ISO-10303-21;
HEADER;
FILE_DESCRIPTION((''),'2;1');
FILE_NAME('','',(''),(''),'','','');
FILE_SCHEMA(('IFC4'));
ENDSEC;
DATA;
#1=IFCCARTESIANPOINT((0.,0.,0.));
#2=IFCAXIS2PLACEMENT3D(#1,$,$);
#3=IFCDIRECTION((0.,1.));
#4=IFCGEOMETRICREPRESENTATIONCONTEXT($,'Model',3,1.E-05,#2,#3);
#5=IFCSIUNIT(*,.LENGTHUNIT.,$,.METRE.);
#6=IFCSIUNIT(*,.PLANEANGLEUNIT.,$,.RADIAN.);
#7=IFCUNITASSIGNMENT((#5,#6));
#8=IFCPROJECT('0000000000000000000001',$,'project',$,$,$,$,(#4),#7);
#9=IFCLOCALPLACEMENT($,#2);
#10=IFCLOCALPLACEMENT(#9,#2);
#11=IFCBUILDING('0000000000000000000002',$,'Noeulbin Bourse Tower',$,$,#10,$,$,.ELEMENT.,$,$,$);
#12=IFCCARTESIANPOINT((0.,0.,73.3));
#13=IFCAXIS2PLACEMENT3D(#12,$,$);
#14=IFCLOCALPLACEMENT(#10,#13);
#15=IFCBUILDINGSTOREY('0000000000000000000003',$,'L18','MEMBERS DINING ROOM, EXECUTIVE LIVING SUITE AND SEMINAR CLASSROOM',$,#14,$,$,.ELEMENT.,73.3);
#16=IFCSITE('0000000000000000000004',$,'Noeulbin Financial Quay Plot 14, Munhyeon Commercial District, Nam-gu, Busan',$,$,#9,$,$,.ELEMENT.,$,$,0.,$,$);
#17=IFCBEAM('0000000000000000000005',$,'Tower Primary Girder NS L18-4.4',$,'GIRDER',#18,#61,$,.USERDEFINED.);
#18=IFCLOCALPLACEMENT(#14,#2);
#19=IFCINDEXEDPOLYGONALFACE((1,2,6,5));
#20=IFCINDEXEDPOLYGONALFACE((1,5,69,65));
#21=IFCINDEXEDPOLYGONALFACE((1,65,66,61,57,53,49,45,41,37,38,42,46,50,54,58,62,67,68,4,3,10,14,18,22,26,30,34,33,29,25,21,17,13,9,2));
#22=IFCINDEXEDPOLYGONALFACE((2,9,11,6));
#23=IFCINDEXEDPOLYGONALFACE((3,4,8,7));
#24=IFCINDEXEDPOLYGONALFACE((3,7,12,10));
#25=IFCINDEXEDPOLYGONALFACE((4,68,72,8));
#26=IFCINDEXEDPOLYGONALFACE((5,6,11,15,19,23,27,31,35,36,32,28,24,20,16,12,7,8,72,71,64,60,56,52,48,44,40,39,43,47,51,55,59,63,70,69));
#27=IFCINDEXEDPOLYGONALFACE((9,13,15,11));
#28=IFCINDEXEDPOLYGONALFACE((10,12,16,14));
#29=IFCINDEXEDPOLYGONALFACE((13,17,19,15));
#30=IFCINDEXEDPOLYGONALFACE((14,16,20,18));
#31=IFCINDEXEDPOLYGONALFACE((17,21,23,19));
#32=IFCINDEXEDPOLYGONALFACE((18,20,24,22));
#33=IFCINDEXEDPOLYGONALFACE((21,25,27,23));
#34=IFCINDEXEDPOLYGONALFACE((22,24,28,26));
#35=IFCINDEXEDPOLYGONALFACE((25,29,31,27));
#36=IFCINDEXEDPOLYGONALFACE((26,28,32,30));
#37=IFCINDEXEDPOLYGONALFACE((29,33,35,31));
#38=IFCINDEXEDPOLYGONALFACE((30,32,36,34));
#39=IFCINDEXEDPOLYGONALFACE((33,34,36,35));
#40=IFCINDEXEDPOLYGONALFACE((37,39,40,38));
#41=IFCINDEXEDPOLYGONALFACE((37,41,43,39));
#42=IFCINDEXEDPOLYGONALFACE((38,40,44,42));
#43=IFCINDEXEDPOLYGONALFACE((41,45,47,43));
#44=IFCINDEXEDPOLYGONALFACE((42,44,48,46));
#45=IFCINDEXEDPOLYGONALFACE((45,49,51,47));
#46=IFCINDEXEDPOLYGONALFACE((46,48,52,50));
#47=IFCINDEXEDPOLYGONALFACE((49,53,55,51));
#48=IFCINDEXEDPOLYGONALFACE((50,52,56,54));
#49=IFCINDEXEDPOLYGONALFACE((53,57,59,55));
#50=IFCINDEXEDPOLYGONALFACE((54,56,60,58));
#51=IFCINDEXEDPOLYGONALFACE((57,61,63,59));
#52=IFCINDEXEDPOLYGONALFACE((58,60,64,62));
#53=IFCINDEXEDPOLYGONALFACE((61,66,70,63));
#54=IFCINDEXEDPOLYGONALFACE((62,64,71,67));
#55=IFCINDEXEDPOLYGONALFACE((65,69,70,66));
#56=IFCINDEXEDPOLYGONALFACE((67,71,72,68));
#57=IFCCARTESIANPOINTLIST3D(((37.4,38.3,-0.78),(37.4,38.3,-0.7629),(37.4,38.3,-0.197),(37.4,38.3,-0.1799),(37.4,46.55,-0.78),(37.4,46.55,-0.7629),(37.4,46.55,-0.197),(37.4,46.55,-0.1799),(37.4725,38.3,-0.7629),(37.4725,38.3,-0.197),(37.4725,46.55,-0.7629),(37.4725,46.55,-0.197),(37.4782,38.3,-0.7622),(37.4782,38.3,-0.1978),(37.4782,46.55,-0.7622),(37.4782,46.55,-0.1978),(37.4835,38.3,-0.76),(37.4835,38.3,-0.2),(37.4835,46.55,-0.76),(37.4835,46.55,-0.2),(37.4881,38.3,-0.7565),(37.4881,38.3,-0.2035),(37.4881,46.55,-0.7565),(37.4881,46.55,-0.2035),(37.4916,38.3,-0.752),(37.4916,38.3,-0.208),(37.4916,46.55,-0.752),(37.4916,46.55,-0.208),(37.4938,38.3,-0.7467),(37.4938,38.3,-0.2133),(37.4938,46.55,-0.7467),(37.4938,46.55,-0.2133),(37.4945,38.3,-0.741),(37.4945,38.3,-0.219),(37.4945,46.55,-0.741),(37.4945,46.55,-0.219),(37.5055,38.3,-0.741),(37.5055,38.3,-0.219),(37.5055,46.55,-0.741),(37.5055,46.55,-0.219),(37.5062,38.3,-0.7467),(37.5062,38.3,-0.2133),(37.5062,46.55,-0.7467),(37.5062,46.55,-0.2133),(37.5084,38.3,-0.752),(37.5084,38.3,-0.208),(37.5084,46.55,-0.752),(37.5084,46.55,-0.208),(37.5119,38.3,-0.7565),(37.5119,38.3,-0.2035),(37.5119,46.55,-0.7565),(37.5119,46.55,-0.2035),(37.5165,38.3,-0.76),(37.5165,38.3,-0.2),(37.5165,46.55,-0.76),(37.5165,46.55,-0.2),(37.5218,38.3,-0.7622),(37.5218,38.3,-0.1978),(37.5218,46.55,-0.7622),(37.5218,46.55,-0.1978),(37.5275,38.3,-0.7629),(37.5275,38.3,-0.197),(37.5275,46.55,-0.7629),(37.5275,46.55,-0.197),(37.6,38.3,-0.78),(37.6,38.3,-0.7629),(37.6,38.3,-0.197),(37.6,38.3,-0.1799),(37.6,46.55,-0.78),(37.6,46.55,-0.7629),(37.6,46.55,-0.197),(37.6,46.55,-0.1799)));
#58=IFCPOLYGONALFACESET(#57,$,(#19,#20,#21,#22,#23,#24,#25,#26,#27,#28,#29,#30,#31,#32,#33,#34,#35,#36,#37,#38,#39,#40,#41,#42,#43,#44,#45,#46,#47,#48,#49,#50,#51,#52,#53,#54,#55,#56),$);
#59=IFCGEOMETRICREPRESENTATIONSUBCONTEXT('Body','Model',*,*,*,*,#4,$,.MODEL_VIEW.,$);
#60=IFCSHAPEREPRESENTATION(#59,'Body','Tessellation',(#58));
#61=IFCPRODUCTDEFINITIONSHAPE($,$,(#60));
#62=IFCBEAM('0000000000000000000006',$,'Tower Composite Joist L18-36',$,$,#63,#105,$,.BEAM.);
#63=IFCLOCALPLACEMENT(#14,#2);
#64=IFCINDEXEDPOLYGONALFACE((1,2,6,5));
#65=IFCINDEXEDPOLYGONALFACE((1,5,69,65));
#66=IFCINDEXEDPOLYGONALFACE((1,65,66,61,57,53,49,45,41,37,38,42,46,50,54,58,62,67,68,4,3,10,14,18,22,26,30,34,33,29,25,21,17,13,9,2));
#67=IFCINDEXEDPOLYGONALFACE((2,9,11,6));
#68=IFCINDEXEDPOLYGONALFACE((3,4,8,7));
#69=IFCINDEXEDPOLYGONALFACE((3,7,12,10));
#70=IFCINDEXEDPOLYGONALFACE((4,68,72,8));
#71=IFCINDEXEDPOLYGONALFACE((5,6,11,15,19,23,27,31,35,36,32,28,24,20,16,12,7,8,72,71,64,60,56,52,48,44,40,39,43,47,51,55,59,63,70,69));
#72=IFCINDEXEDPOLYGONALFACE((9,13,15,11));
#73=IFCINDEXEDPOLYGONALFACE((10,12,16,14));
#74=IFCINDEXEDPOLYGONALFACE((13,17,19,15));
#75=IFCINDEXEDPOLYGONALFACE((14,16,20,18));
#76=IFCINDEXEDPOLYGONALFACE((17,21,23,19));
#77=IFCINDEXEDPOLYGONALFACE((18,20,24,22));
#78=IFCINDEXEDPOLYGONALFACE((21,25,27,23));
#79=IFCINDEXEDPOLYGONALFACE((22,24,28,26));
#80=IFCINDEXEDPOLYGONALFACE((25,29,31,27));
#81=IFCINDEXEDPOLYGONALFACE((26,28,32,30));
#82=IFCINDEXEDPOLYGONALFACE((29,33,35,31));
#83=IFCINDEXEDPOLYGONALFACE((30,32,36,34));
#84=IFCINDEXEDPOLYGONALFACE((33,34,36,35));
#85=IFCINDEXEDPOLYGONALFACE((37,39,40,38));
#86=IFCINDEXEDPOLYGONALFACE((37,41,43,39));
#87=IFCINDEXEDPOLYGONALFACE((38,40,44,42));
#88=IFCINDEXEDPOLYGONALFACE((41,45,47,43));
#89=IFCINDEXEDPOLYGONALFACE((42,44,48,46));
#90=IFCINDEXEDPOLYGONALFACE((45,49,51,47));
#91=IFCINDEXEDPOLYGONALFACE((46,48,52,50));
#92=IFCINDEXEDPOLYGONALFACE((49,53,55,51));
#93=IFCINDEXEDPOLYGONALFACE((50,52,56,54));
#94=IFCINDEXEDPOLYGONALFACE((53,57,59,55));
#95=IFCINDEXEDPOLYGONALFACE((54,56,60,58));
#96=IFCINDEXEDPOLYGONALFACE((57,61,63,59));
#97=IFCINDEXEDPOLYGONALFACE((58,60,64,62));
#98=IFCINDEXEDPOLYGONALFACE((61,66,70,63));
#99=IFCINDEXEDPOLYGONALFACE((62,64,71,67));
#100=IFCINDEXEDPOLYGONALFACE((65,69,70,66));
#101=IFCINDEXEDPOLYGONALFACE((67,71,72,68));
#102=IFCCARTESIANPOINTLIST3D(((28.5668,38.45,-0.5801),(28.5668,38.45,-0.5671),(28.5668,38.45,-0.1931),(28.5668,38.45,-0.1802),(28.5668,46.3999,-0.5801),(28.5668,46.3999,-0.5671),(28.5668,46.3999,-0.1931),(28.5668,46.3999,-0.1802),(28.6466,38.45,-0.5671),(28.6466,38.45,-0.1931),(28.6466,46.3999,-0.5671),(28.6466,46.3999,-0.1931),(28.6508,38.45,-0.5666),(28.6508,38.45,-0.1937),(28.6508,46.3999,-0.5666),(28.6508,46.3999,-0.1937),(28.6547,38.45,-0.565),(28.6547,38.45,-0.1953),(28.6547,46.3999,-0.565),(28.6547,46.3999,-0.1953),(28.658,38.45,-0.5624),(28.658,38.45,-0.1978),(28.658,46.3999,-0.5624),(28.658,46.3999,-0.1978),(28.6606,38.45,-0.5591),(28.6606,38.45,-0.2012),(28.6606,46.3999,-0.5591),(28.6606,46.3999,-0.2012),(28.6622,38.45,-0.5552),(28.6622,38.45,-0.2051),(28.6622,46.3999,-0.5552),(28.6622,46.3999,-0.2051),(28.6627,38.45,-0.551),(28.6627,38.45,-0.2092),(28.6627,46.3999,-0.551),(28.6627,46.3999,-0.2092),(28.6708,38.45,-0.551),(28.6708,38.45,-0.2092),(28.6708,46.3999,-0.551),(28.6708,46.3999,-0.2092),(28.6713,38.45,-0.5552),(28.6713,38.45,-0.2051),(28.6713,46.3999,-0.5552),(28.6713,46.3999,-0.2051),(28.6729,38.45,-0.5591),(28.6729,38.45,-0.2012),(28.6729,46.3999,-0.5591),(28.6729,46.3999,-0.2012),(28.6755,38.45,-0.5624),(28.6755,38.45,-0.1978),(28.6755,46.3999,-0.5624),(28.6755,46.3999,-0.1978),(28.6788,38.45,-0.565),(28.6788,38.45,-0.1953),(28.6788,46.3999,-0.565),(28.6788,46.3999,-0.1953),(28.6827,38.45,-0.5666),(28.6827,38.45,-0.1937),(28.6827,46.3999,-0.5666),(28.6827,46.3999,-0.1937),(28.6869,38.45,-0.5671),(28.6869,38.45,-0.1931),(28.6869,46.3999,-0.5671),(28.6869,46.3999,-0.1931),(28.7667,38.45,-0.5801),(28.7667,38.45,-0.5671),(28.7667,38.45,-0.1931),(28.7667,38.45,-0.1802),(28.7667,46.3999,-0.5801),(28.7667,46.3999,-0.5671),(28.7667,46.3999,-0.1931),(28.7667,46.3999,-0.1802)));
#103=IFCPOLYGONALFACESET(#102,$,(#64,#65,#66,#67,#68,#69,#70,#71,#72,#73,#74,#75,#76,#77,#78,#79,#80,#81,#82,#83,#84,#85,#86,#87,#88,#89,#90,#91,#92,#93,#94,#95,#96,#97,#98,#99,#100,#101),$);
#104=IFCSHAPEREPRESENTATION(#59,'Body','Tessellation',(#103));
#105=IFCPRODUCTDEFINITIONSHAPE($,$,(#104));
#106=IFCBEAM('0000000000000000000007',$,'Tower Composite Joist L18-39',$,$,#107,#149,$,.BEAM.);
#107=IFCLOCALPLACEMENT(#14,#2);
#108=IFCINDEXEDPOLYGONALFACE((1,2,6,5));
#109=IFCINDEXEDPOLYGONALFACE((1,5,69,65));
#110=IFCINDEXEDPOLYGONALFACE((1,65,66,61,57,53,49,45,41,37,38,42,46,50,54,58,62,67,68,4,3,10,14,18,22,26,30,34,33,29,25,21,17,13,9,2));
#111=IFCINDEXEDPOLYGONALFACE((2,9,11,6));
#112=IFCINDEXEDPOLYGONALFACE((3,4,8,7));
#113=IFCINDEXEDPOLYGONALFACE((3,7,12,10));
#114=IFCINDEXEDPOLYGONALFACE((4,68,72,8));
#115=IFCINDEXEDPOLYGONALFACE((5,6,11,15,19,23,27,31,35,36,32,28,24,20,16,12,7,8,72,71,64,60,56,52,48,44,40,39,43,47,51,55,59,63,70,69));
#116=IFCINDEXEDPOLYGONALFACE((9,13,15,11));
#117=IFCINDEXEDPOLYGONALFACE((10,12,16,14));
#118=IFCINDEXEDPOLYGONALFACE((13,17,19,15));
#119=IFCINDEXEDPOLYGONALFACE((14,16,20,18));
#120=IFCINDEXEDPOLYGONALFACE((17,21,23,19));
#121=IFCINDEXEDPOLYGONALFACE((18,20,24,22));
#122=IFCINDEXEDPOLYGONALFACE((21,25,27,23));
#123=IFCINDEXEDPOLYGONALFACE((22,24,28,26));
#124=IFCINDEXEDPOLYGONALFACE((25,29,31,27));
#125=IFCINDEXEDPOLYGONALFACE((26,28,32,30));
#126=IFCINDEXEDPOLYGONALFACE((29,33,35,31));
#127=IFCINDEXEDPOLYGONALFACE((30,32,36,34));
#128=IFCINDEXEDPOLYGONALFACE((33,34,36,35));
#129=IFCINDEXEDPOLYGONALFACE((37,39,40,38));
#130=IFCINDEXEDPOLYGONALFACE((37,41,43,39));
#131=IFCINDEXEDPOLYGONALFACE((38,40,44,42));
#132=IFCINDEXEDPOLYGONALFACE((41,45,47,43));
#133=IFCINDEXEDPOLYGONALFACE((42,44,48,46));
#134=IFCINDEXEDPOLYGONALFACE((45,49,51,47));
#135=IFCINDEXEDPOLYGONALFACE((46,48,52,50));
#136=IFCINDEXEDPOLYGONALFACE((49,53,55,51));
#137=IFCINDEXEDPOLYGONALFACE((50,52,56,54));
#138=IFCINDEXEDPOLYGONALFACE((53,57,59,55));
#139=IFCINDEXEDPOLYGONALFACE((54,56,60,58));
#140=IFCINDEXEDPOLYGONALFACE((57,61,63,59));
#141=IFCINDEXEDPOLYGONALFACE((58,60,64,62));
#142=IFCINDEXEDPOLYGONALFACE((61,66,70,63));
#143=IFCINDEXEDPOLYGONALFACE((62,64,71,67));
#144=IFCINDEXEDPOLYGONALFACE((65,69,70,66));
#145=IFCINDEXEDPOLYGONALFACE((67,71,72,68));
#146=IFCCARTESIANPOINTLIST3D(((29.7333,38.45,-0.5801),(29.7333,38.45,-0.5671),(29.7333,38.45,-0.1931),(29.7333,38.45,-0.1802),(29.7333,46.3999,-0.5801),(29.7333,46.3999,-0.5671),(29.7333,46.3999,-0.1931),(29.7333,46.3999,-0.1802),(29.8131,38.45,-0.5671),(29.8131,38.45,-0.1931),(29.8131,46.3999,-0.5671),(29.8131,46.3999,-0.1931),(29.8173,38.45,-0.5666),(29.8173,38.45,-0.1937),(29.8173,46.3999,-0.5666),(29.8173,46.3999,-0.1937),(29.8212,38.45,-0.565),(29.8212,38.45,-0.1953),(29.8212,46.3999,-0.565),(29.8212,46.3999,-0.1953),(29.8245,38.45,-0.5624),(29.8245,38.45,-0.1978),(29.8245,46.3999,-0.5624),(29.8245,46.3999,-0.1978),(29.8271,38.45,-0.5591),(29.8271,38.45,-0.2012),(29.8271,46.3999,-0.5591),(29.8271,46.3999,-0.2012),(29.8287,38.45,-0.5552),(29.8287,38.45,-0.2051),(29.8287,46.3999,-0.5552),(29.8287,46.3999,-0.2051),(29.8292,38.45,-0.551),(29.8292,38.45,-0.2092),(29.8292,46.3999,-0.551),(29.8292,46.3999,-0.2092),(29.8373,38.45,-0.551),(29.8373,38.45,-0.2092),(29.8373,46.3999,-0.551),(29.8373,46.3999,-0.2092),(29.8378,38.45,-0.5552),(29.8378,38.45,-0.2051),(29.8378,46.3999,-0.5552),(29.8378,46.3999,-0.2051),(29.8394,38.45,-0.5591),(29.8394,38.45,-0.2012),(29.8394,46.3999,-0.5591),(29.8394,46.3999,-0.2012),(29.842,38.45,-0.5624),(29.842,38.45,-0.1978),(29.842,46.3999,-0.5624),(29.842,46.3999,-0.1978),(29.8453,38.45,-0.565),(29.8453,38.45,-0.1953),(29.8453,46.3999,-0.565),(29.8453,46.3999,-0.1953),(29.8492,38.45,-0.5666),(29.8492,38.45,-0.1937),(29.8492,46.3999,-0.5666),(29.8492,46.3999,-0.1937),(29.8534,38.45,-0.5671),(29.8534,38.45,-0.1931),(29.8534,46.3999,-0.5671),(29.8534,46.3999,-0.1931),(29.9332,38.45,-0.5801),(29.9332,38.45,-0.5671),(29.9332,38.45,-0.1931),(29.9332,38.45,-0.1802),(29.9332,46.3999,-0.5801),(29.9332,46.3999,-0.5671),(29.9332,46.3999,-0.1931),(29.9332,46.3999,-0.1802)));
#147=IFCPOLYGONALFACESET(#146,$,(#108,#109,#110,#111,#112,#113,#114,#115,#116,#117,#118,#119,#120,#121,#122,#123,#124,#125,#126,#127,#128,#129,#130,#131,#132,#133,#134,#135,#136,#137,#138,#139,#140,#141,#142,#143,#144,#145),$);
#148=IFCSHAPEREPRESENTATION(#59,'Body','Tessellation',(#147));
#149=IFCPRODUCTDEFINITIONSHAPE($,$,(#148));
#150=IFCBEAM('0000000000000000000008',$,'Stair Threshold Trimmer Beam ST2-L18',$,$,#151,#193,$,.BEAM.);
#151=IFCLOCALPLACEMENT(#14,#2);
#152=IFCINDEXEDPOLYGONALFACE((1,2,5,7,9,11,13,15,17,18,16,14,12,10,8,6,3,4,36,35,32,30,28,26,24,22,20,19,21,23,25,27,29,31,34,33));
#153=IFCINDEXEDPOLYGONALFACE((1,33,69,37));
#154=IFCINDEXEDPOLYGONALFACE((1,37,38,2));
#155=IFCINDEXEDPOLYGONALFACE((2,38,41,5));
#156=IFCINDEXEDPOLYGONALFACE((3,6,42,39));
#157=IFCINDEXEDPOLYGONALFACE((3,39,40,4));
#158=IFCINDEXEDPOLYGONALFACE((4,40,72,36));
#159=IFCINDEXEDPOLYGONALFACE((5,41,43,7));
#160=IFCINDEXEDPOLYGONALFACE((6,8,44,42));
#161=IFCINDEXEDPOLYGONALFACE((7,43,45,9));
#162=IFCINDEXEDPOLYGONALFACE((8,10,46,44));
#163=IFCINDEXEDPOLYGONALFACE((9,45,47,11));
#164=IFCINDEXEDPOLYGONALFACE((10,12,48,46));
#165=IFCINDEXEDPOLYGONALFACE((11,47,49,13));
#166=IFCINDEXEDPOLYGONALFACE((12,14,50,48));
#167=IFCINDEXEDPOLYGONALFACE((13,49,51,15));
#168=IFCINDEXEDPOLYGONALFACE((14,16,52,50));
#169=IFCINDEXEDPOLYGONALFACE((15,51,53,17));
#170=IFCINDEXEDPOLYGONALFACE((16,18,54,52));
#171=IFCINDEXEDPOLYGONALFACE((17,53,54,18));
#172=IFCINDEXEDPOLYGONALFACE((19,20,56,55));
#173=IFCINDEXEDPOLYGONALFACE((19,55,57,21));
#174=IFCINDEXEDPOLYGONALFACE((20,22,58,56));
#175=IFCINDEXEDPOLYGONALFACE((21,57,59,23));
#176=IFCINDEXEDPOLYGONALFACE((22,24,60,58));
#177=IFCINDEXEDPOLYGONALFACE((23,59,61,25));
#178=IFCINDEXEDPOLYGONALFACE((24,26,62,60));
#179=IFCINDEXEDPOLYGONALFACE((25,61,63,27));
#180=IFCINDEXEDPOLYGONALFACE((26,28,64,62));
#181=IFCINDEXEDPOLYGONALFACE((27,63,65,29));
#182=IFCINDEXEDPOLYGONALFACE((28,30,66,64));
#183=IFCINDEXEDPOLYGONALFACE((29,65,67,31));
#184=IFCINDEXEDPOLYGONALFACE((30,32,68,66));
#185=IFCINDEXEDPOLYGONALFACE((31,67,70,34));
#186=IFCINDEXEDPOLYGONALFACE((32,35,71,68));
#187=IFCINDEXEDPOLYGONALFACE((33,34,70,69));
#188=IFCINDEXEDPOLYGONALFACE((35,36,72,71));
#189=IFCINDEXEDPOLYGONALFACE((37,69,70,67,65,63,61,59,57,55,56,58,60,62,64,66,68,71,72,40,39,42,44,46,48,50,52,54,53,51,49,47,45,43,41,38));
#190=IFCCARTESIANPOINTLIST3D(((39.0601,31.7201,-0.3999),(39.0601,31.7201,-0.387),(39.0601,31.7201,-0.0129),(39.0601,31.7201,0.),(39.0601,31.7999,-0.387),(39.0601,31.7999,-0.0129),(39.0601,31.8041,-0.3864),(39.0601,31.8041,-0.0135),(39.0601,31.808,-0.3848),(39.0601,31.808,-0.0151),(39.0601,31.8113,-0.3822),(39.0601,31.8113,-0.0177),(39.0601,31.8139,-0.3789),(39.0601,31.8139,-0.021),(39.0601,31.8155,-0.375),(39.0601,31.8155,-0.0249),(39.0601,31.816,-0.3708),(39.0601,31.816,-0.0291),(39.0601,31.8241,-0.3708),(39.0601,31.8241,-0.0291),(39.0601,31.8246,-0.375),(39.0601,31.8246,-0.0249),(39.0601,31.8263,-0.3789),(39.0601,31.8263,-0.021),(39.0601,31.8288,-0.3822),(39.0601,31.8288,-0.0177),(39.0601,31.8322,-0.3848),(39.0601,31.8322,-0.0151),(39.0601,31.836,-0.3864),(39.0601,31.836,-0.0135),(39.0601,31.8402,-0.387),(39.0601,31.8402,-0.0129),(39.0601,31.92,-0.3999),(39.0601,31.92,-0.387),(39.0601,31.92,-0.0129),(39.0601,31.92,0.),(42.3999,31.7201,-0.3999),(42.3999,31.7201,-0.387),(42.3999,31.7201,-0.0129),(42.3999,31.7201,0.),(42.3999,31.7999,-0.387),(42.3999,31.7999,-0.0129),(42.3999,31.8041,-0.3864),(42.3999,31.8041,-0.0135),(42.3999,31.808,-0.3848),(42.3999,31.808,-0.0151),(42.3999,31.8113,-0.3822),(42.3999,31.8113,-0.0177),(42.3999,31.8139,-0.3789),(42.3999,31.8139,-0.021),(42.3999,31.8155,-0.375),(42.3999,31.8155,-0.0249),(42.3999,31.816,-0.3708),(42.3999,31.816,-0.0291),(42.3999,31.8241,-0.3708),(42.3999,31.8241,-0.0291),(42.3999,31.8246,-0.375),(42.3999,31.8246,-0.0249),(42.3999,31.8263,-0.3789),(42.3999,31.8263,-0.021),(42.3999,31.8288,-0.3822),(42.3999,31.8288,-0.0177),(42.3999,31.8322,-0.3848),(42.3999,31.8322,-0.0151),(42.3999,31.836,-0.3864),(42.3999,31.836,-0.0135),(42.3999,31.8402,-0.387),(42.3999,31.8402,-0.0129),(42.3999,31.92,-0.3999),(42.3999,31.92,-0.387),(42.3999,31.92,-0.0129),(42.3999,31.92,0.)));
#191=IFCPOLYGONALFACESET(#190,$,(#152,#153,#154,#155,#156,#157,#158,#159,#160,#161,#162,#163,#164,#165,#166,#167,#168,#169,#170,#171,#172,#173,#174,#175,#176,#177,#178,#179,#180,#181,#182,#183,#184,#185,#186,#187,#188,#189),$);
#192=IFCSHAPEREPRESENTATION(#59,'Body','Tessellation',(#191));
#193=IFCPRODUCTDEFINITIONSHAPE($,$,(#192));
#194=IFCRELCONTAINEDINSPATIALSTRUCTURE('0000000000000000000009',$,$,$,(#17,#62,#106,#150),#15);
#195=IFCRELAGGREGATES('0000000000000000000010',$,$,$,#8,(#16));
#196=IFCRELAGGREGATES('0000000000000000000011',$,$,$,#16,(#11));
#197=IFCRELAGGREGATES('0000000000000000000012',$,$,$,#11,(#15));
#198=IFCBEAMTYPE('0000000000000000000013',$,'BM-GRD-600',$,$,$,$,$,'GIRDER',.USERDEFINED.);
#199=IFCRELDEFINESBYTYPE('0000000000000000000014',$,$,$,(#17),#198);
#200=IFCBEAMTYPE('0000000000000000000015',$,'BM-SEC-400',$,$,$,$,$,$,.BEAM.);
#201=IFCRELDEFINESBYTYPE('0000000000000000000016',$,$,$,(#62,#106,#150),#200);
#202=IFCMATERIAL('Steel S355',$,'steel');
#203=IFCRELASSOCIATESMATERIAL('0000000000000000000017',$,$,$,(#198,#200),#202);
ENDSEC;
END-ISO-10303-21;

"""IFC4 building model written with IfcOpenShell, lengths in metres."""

from ifc_helpers import new_model, si_unit, direction, frame, origin, origin_2d, place, context, subcontext, project, spatial, i_section, extrude, material, material_profile, profile_set, type_object, element, save


model = new_model("IFC4")

# Units and contexts
model_context = context("Model", 3, precision=1e-05, world=origin(), true_north=direction((0.0, 1.0)))
body_context = subcontext(model_context, "Body", "Model", "MODEL_VIEW")
ifc_project = project(units=[si_unit("LENGTHUNIT", "METRE"), si_unit("PLANEANGLEUNIT", "RADIAN")], contexts=[model_context])

# Site, building, storey
site_placement = place(None, origin())
site = spatial("IfcSite", under=ifc_project, at=site_placement, Name="Noeulbin Financial Quay Plot 14, Munhyeon Commercial District, Nam-gu, Busan", CompositionType="ELEMENT", RefElevation=0.0)
building_placement = place(site_placement, origin())
building = spatial("IfcBuilding", under=site, at=building_placement, Name="Noeulbin Bourse Tower", CompositionType="ELEMENT")
storey_placement = place(building_placement, frame((0.0, 0.0, 73.3)))
storey = spatial("IfcBuildingStorey", under=building, at=storey_placement, Name="L18", Description="MEMBERS DINING ROOM, EXECUTIVE LIVING SUITE AND SEMINAR CLASSROOM", CompositionType="ELEMENT", Elevation=73.3)

# Beams
ifc_material_1 = material(Name="Steel S355", Category="steel")
ifc_material_profile_1 = material_profile(ifc_material_1, i_section(OverallWidth=0.2, OverallDepth=0.6001, WebThickness=0.011, FlangeThickness=0.0171, FilletRadius=0.022, at=origin_2d()), Name="H-600x200x11x17", Category="LoadBearing")
ifc_profile_set_1 = profile_set([ifc_material_profile_1], Name="Steel S355")
beam_type_1 = type_object("IfcBeamType", Name="BM-GRD-600", ElementType="GIRDER", PredefinedType="USERDEFINED", material=ifc_profile_set_1)
for number, where, z_axis, x_axis, name in (
    (1, (37.5, 38.3, -0.48), (0.0, 1.0, 0.0), (-1.0, 0.0, 0.0), "Tower Primary Girder NS L18-4.4"),
):
    element("IfcBeam", number, at=place(storey_placement, frame(where, z_axis=z_axis, x_axis=x_axis)), inside=storey, type_object=beam_type_1, Name=name, ObjectType="GIRDER", PredefinedType="USERDEFINED", context=body_context, shape_type="SweptSolid", body=[
        extrude(i_section(OverallWidth=0.2, OverallDepth=0.6001, WebThickness=0.011, FlangeThickness=0.0171, FilletRadius=0.022, at=origin_2d()), origin(), (0.0, 0.0, 1.0), 8.25),
    ])
ifc_material_profile_2 = material_profile(ifc_material_1, i_section(OverallWidth=0.2, OverallDepth=0.3999, WebThickness=0.0081, FlangeThickness=0.0129, FilletRadius=0.0161, at=origin_2d()), Name="H-400x200x8x13", Category="LoadBearing")
ifc_profile_set_2 = profile_set([ifc_material_profile_2], Name="Steel S355")
beam_type_2 = type_object("IfcBeamType", Name="BM-SEC-400", PredefinedType="BEAM", material=ifc_profile_set_2)
for number, where, z_axis, x_axis, name in (
    (2, (28.6667, 38.45, -0.3801), (0.0, 1.0, 0.0), (-1.0, 0.0, 0.0), "Tower Composite Joist L18-36"),
    (3, (29.8333, 38.45, -0.3801), (0.0, 1.0, 0.0), (-1.0, 0.0, 0.0), "Tower Composite Joist L18-39"),
):
    element("IfcBeam", number, at=place(storey_placement, frame(where, z_axis=z_axis, x_axis=x_axis)), inside=storey, type_object=beam_type_2, Name=name, PredefinedType="BEAM", context=body_context, shape_type="SweptSolid", body=[
        extrude(i_section(OverallWidth=0.2, OverallDepth=0.3999, WebThickness=0.0081, FlangeThickness=0.0129, FilletRadius=0.0161, at=origin_2d()), origin(), (0.0, 0.0, 1.0), 7.95),
    ])
beam_placement = place(storey_placement, frame((39.0601, 31.8201, -0.2), z_axis=(1.0, 0.0, 0.0), x_axis=(0.0, 1.0, 0.0)))
element("IfcBeam", 4, at=beam_placement, inside=storey, type_object=beam_type_2, Name="Stair Threshold Trimmer Beam ST2-L18", PredefinedType="BEAM", context=body_context, shape_type="SweptSolid", body=[
    extrude(i_section(OverallWidth=0.2, OverallDepth=0.3999, WebThickness=0.0081, FlangeThickness=0.0129, FilletRadius=0.0161, at=origin_2d()), origin(), (0.0, 0.0, 1.0), 3.3398),
])

save(model, "model.ifc")
